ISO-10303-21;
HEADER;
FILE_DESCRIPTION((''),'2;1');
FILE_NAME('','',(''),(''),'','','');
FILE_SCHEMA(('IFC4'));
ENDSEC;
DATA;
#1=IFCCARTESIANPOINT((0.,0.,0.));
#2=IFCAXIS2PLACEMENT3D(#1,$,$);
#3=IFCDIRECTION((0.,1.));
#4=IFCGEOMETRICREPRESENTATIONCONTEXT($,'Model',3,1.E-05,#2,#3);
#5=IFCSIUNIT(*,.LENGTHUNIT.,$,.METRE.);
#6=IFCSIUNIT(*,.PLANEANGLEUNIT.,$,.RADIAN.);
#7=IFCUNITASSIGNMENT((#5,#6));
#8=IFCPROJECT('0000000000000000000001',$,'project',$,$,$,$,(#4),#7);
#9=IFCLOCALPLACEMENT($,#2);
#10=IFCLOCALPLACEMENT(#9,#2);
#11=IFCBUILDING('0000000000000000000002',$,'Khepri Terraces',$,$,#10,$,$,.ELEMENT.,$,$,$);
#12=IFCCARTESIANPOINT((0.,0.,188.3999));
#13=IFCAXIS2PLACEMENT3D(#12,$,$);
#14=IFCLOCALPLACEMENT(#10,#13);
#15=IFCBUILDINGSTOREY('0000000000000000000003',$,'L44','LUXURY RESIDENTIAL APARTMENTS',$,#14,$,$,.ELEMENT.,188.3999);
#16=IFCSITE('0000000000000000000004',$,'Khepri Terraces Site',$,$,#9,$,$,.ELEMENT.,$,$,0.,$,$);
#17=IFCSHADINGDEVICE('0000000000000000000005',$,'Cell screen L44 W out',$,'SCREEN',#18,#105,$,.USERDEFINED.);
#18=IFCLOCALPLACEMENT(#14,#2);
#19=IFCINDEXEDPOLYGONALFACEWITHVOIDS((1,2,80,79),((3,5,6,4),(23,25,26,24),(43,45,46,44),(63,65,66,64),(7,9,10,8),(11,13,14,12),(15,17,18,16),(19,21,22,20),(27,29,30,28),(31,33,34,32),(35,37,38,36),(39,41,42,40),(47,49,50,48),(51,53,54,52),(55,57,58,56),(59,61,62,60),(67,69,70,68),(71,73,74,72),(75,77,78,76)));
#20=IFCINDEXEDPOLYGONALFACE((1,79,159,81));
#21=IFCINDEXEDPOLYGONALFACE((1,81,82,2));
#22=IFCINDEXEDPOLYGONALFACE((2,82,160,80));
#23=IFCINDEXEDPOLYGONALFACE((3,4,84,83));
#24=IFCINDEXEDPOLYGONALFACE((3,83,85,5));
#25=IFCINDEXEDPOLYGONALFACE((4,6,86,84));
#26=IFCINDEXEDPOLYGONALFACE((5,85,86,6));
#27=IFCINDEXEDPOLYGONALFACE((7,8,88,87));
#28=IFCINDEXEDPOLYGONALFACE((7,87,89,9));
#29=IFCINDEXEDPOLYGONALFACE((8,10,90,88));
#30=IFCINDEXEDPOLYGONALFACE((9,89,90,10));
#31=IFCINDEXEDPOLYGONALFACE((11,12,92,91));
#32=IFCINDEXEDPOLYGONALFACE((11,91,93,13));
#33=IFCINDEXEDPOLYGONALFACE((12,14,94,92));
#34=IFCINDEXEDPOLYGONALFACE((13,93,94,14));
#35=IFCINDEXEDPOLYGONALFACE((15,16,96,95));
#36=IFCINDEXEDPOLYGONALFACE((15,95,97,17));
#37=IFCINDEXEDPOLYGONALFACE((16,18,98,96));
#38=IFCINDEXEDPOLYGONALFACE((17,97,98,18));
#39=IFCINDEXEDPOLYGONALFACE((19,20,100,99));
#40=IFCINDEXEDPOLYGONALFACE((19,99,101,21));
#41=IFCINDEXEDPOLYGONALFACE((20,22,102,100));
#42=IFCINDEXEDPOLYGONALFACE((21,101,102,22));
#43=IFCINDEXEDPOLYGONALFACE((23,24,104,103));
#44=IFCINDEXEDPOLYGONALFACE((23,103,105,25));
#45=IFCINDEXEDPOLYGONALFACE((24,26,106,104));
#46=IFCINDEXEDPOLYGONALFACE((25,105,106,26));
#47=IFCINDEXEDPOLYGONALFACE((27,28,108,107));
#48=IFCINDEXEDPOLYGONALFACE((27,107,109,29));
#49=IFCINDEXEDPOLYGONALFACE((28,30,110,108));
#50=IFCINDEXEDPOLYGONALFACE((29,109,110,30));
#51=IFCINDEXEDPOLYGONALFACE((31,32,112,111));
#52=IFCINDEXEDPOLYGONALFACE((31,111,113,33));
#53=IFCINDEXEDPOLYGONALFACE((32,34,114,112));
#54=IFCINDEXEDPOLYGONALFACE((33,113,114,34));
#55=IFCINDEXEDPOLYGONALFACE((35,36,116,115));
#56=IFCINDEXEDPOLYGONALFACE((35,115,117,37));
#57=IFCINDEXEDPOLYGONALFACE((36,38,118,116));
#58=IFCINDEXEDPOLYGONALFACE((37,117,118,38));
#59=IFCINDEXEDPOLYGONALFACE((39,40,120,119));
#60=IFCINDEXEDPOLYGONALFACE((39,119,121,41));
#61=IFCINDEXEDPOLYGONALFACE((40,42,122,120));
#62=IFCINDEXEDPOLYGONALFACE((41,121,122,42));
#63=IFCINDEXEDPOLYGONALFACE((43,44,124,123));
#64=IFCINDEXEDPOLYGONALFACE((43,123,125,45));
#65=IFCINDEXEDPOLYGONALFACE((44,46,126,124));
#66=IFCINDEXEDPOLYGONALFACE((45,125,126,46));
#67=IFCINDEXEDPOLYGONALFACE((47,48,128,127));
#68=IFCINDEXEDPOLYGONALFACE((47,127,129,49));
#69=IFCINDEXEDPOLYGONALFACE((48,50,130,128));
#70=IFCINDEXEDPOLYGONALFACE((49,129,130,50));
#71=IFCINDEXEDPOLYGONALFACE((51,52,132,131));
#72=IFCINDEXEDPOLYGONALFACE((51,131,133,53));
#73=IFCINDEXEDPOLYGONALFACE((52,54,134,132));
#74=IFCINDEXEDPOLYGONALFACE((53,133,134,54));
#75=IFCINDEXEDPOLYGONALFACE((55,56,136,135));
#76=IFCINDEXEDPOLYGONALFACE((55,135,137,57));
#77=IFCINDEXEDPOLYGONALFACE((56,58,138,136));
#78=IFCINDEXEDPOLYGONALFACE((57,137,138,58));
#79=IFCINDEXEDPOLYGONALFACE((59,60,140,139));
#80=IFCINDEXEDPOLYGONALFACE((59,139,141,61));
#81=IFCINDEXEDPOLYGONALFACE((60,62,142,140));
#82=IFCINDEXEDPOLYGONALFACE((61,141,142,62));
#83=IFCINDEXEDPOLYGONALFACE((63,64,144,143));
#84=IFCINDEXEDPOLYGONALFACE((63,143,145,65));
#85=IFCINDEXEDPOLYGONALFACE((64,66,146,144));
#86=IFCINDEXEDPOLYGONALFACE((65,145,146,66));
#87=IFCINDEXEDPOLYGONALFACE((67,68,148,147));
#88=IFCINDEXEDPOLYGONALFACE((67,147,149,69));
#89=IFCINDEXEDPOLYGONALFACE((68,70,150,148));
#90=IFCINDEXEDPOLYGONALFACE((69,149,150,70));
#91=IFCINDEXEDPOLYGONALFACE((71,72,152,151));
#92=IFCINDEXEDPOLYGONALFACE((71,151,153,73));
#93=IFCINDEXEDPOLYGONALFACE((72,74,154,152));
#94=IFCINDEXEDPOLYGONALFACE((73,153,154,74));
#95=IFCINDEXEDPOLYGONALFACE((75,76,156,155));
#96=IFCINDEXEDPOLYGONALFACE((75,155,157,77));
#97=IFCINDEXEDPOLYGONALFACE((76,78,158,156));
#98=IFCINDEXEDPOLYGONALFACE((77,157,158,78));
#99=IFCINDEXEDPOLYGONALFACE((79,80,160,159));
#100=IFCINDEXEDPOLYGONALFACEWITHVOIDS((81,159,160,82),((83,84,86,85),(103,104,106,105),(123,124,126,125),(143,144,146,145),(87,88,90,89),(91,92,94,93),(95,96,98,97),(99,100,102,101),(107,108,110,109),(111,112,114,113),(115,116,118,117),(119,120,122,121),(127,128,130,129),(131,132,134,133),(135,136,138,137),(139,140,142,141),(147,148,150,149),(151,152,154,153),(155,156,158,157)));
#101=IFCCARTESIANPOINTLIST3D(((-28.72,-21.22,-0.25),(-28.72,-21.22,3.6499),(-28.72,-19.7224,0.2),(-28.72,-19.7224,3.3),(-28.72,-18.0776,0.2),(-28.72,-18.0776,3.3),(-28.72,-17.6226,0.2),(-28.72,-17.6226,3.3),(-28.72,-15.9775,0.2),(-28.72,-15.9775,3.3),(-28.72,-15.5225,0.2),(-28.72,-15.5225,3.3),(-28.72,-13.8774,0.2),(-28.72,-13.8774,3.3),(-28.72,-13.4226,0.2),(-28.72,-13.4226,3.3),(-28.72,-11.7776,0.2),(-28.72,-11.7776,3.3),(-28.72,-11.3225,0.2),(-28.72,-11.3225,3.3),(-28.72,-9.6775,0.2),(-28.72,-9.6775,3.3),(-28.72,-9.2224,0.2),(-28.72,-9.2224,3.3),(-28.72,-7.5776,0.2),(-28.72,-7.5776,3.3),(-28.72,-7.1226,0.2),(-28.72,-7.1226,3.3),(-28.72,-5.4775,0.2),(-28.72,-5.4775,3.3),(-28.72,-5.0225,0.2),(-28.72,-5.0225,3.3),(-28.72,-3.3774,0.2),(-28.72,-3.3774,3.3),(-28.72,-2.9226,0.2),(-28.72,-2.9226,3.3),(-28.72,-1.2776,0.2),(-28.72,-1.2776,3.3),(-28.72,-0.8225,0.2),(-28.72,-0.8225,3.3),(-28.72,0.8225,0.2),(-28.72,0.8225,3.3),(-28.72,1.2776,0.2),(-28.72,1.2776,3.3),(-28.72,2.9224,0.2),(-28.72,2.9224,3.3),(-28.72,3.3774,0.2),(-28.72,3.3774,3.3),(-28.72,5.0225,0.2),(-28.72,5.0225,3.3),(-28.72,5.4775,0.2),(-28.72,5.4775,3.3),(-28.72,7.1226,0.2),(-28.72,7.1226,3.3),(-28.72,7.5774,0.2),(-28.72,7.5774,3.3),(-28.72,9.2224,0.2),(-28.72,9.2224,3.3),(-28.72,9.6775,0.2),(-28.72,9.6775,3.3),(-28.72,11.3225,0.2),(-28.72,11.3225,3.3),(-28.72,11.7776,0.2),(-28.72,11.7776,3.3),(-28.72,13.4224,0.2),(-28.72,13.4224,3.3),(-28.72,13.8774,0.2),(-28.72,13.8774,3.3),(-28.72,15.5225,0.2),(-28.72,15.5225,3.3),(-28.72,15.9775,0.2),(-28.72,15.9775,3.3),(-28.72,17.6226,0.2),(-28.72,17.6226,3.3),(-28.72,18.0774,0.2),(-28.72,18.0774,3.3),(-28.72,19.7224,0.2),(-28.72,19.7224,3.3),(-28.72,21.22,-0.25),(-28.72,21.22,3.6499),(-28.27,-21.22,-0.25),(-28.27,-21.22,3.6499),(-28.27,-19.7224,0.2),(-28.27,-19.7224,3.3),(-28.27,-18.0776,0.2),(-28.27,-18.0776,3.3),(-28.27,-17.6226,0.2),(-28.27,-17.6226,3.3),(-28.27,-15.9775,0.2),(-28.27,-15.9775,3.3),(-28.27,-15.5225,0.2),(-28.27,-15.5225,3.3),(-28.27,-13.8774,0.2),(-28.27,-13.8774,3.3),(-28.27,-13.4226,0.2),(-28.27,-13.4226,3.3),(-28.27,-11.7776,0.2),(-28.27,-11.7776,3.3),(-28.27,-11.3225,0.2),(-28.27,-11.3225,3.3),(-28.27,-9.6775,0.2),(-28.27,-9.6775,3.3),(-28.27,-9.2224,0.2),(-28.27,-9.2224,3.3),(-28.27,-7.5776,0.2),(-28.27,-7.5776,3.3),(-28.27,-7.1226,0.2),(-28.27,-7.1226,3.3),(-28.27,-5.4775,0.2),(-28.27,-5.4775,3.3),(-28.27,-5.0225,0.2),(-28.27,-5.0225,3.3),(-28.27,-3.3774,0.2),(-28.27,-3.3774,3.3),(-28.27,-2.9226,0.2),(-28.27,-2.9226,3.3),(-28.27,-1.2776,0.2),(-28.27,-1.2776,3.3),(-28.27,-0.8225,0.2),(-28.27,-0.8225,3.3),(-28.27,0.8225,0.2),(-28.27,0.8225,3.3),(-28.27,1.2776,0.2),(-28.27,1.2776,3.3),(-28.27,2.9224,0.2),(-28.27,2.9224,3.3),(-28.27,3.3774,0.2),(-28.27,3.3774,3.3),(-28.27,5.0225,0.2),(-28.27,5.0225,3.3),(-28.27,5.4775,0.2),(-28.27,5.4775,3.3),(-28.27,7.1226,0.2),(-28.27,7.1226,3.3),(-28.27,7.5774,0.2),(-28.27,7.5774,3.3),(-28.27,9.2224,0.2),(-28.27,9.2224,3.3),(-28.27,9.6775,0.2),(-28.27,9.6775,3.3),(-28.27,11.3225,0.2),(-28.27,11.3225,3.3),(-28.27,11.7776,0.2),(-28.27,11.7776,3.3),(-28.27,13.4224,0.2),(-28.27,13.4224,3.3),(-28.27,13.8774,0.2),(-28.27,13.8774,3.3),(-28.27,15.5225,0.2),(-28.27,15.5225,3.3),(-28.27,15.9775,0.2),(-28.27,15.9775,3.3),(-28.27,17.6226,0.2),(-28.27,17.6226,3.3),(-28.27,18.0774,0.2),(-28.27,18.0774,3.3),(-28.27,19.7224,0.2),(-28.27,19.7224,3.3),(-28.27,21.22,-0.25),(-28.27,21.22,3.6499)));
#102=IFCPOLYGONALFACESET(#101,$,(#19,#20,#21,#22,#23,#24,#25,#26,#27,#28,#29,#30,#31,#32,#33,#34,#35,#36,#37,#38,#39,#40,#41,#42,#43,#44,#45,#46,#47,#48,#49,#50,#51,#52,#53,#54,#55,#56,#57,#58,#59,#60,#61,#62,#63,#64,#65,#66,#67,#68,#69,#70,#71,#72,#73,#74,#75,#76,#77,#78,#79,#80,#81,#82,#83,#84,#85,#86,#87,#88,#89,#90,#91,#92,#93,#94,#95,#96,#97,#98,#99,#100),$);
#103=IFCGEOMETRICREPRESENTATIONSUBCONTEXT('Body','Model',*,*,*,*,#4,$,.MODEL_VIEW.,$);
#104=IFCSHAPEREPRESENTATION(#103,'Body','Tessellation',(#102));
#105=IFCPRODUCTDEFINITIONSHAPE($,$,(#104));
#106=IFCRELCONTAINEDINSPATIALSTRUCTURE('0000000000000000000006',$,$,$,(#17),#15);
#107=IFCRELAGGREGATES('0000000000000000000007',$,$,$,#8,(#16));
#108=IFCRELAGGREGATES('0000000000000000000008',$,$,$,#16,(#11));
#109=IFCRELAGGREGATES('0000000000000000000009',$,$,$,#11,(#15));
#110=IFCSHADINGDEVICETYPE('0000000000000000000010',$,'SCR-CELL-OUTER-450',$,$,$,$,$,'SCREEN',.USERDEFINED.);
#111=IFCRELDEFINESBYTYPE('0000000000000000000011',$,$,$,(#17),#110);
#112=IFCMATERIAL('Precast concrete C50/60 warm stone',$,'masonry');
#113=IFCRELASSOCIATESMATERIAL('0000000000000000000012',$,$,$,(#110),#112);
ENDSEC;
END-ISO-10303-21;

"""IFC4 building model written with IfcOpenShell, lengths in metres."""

from ifc_helpers import new_model, si_unit, direction, frame, origin, place, context, subcontext, project, spatial, polyline, outline, extrude, material, type_object, element, save


model = new_model("IFC4")

# Units and contexts
model_context = context("Model", 3, precision=1e-05, world=origin(), true_north=direction((0.0, 1.0)))
body_context = subcontext(model_context, "Body", "Model", "MODEL_VIEW")
ifc_project = project(units=[si_unit("LENGTHUNIT", "METRE"), si_unit("PLANEANGLEUNIT", "RADIAN")], contexts=[model_context])

# Site, building, storey
site_placement = place(None, origin())
site = spatial("IfcSite", under=ifc_project, at=site_placement, Name="Khepri Terraces Site", CompositionType="ELEMENT", RefElevation=0.0)
building_placement = place(site_placement, origin())
building = spatial("IfcBuilding", under=site, at=building_placement, Name="Khepri Terraces", CompositionType="ELEMENT")
storey_placement = place(building_placement, frame((0.0, 0.0, 188.3999)))
storey = spatial("IfcBuildingStorey", under=building, at=storey_placement, Name="L44", Description="LUXURY RESIDENTIAL APARTMENTS", CompositionType="ELEMENT", Elevation=188.3999)

# Shared definitions
ifc_material_1 = material(Name="Precast concrete C50/60 warm stone", Category="masonry")

# Shading device
shading_device_type_1 = type_object("IfcShadingDeviceType", Name="SCR-CELL-OUTER-450", ElementType="SCREEN", PredefinedType="USERDEFINED", material=ifc_material_1)
shading_device_1_placement = place(storey_placement, frame((-28.27, 21.22, -0.25), z_axis=(-1.0, 0.0, 0.0), x_axis=(0.0, -1.0, 0.0)))
element("IfcShadingDevice", 1, at=shading_device_1_placement, inside=storey, type_object=shading_device_type_1, Name="Cell screen L44 W out", ObjectType="SCREEN", PredefinedType="USERDEFINED", context=body_context, shape_type="SweptSolid", body=[
    extrude(outline(polyline([(0.0, 0.0), (42.4399, 0.0), (42.4399, 3.8999), (0.0, 3.8999), (0.0, 0.0)]), holes=[polyline([(1.4976, 0.45), (3.1426, 0.45), (3.1426, 3.55), (1.4976, 3.55), (1.4976, 0.45)]), polyline([(3.5974, 0.45), (5.2424, 0.45), (5.2424, 3.55), (3.5974, 3.55), (3.5974, 0.45)]), polyline([(5.6975, 0.45), (7.3425, 0.45), (7.3425, 3.55), (5.6975, 3.55), (5.6975, 0.45)]), polyline([(7.7976, 0.45), (9.4424, 0.45), (9.4424, 3.55), (7.7976, 3.55), (7.7976, 0.45)]), polyline([(9.8975, 0.45), (11.5425, 0.45), (11.5425, 3.55), (9.8975, 3.55), (9.8975, 0.45)]), polyline([(11.9976, 0.45), (13.6426, 0.45), (13.6426, 3.55), (11.9976, 3.55), (11.9976, 0.45)]), polyline([(14.0974, 0.45), (15.7424, 0.45), (15.7424, 3.55), (14.0974, 3.55), (14.0974, 0.45)]), polyline([(16.1975, 0.45), (17.8425, 0.45), (17.8425, 3.55), (16.1975, 3.55), (16.1975, 0.45)]), polyline([(18.2976, 0.45), (19.9424, 0.45), (19.9424, 3.55), (18.2976, 3.55), (18.2976, 0.45)]), polyline([(20.3975, 0.45), (22.0425, 0.45), (22.0425, 3.55), (20.3975, 3.55), (20.3975, 0.45)]), polyline([(22.4976, 0.45), (24.1426, 0.45), (24.1426, 3.55), (22.4976, 3.55), (22.4976, 0.45)]), polyline([(24.5974, 0.45), (26.2424, 0.45), (26.2424, 3.55), (24.5974, 3.55), (24.5974, 0.45)]), polyline([(26.6975, 0.45), (28.3425, 0.45), (28.3425, 3.55), (26.6975, 3.55), (26.6975, 0.45)]), polyline([(28.7976, 0.45), (30.4424, 0.45), (30.4424, 3.55), (28.7976, 3.55), (28.7976, 0.45)]), polyline([(30.8975, 0.45), (32.5425, 0.45), (32.5425, 3.55), (30.8975, 3.55), (30.8975, 0.45)]), polyline([(32.9976, 0.45), (34.6426, 0.45), (34.6426, 3.55), (32.9976, 3.55), (32.9976, 0.45)]), polyline([(35.0974, 0.45), (36.7424, 0.45), (36.7424, 3.55), (35.0974, 3.55), (35.0974, 0.45)]), polyline([(37.1975, 0.45), (38.8425, 0.45), (38.8425, 3.55), (37.1975, 3.55), (37.1975, 0.45)]), polyline([(39.2976, 0.45), (40.9424, 0.45), (40.9424, 3.55), (39.2976, 3.55), (39.2976, 0.45)])]), origin(), (0.0, 0.0, 1.0), 0.45),
])

save(model, "model.ifc")
